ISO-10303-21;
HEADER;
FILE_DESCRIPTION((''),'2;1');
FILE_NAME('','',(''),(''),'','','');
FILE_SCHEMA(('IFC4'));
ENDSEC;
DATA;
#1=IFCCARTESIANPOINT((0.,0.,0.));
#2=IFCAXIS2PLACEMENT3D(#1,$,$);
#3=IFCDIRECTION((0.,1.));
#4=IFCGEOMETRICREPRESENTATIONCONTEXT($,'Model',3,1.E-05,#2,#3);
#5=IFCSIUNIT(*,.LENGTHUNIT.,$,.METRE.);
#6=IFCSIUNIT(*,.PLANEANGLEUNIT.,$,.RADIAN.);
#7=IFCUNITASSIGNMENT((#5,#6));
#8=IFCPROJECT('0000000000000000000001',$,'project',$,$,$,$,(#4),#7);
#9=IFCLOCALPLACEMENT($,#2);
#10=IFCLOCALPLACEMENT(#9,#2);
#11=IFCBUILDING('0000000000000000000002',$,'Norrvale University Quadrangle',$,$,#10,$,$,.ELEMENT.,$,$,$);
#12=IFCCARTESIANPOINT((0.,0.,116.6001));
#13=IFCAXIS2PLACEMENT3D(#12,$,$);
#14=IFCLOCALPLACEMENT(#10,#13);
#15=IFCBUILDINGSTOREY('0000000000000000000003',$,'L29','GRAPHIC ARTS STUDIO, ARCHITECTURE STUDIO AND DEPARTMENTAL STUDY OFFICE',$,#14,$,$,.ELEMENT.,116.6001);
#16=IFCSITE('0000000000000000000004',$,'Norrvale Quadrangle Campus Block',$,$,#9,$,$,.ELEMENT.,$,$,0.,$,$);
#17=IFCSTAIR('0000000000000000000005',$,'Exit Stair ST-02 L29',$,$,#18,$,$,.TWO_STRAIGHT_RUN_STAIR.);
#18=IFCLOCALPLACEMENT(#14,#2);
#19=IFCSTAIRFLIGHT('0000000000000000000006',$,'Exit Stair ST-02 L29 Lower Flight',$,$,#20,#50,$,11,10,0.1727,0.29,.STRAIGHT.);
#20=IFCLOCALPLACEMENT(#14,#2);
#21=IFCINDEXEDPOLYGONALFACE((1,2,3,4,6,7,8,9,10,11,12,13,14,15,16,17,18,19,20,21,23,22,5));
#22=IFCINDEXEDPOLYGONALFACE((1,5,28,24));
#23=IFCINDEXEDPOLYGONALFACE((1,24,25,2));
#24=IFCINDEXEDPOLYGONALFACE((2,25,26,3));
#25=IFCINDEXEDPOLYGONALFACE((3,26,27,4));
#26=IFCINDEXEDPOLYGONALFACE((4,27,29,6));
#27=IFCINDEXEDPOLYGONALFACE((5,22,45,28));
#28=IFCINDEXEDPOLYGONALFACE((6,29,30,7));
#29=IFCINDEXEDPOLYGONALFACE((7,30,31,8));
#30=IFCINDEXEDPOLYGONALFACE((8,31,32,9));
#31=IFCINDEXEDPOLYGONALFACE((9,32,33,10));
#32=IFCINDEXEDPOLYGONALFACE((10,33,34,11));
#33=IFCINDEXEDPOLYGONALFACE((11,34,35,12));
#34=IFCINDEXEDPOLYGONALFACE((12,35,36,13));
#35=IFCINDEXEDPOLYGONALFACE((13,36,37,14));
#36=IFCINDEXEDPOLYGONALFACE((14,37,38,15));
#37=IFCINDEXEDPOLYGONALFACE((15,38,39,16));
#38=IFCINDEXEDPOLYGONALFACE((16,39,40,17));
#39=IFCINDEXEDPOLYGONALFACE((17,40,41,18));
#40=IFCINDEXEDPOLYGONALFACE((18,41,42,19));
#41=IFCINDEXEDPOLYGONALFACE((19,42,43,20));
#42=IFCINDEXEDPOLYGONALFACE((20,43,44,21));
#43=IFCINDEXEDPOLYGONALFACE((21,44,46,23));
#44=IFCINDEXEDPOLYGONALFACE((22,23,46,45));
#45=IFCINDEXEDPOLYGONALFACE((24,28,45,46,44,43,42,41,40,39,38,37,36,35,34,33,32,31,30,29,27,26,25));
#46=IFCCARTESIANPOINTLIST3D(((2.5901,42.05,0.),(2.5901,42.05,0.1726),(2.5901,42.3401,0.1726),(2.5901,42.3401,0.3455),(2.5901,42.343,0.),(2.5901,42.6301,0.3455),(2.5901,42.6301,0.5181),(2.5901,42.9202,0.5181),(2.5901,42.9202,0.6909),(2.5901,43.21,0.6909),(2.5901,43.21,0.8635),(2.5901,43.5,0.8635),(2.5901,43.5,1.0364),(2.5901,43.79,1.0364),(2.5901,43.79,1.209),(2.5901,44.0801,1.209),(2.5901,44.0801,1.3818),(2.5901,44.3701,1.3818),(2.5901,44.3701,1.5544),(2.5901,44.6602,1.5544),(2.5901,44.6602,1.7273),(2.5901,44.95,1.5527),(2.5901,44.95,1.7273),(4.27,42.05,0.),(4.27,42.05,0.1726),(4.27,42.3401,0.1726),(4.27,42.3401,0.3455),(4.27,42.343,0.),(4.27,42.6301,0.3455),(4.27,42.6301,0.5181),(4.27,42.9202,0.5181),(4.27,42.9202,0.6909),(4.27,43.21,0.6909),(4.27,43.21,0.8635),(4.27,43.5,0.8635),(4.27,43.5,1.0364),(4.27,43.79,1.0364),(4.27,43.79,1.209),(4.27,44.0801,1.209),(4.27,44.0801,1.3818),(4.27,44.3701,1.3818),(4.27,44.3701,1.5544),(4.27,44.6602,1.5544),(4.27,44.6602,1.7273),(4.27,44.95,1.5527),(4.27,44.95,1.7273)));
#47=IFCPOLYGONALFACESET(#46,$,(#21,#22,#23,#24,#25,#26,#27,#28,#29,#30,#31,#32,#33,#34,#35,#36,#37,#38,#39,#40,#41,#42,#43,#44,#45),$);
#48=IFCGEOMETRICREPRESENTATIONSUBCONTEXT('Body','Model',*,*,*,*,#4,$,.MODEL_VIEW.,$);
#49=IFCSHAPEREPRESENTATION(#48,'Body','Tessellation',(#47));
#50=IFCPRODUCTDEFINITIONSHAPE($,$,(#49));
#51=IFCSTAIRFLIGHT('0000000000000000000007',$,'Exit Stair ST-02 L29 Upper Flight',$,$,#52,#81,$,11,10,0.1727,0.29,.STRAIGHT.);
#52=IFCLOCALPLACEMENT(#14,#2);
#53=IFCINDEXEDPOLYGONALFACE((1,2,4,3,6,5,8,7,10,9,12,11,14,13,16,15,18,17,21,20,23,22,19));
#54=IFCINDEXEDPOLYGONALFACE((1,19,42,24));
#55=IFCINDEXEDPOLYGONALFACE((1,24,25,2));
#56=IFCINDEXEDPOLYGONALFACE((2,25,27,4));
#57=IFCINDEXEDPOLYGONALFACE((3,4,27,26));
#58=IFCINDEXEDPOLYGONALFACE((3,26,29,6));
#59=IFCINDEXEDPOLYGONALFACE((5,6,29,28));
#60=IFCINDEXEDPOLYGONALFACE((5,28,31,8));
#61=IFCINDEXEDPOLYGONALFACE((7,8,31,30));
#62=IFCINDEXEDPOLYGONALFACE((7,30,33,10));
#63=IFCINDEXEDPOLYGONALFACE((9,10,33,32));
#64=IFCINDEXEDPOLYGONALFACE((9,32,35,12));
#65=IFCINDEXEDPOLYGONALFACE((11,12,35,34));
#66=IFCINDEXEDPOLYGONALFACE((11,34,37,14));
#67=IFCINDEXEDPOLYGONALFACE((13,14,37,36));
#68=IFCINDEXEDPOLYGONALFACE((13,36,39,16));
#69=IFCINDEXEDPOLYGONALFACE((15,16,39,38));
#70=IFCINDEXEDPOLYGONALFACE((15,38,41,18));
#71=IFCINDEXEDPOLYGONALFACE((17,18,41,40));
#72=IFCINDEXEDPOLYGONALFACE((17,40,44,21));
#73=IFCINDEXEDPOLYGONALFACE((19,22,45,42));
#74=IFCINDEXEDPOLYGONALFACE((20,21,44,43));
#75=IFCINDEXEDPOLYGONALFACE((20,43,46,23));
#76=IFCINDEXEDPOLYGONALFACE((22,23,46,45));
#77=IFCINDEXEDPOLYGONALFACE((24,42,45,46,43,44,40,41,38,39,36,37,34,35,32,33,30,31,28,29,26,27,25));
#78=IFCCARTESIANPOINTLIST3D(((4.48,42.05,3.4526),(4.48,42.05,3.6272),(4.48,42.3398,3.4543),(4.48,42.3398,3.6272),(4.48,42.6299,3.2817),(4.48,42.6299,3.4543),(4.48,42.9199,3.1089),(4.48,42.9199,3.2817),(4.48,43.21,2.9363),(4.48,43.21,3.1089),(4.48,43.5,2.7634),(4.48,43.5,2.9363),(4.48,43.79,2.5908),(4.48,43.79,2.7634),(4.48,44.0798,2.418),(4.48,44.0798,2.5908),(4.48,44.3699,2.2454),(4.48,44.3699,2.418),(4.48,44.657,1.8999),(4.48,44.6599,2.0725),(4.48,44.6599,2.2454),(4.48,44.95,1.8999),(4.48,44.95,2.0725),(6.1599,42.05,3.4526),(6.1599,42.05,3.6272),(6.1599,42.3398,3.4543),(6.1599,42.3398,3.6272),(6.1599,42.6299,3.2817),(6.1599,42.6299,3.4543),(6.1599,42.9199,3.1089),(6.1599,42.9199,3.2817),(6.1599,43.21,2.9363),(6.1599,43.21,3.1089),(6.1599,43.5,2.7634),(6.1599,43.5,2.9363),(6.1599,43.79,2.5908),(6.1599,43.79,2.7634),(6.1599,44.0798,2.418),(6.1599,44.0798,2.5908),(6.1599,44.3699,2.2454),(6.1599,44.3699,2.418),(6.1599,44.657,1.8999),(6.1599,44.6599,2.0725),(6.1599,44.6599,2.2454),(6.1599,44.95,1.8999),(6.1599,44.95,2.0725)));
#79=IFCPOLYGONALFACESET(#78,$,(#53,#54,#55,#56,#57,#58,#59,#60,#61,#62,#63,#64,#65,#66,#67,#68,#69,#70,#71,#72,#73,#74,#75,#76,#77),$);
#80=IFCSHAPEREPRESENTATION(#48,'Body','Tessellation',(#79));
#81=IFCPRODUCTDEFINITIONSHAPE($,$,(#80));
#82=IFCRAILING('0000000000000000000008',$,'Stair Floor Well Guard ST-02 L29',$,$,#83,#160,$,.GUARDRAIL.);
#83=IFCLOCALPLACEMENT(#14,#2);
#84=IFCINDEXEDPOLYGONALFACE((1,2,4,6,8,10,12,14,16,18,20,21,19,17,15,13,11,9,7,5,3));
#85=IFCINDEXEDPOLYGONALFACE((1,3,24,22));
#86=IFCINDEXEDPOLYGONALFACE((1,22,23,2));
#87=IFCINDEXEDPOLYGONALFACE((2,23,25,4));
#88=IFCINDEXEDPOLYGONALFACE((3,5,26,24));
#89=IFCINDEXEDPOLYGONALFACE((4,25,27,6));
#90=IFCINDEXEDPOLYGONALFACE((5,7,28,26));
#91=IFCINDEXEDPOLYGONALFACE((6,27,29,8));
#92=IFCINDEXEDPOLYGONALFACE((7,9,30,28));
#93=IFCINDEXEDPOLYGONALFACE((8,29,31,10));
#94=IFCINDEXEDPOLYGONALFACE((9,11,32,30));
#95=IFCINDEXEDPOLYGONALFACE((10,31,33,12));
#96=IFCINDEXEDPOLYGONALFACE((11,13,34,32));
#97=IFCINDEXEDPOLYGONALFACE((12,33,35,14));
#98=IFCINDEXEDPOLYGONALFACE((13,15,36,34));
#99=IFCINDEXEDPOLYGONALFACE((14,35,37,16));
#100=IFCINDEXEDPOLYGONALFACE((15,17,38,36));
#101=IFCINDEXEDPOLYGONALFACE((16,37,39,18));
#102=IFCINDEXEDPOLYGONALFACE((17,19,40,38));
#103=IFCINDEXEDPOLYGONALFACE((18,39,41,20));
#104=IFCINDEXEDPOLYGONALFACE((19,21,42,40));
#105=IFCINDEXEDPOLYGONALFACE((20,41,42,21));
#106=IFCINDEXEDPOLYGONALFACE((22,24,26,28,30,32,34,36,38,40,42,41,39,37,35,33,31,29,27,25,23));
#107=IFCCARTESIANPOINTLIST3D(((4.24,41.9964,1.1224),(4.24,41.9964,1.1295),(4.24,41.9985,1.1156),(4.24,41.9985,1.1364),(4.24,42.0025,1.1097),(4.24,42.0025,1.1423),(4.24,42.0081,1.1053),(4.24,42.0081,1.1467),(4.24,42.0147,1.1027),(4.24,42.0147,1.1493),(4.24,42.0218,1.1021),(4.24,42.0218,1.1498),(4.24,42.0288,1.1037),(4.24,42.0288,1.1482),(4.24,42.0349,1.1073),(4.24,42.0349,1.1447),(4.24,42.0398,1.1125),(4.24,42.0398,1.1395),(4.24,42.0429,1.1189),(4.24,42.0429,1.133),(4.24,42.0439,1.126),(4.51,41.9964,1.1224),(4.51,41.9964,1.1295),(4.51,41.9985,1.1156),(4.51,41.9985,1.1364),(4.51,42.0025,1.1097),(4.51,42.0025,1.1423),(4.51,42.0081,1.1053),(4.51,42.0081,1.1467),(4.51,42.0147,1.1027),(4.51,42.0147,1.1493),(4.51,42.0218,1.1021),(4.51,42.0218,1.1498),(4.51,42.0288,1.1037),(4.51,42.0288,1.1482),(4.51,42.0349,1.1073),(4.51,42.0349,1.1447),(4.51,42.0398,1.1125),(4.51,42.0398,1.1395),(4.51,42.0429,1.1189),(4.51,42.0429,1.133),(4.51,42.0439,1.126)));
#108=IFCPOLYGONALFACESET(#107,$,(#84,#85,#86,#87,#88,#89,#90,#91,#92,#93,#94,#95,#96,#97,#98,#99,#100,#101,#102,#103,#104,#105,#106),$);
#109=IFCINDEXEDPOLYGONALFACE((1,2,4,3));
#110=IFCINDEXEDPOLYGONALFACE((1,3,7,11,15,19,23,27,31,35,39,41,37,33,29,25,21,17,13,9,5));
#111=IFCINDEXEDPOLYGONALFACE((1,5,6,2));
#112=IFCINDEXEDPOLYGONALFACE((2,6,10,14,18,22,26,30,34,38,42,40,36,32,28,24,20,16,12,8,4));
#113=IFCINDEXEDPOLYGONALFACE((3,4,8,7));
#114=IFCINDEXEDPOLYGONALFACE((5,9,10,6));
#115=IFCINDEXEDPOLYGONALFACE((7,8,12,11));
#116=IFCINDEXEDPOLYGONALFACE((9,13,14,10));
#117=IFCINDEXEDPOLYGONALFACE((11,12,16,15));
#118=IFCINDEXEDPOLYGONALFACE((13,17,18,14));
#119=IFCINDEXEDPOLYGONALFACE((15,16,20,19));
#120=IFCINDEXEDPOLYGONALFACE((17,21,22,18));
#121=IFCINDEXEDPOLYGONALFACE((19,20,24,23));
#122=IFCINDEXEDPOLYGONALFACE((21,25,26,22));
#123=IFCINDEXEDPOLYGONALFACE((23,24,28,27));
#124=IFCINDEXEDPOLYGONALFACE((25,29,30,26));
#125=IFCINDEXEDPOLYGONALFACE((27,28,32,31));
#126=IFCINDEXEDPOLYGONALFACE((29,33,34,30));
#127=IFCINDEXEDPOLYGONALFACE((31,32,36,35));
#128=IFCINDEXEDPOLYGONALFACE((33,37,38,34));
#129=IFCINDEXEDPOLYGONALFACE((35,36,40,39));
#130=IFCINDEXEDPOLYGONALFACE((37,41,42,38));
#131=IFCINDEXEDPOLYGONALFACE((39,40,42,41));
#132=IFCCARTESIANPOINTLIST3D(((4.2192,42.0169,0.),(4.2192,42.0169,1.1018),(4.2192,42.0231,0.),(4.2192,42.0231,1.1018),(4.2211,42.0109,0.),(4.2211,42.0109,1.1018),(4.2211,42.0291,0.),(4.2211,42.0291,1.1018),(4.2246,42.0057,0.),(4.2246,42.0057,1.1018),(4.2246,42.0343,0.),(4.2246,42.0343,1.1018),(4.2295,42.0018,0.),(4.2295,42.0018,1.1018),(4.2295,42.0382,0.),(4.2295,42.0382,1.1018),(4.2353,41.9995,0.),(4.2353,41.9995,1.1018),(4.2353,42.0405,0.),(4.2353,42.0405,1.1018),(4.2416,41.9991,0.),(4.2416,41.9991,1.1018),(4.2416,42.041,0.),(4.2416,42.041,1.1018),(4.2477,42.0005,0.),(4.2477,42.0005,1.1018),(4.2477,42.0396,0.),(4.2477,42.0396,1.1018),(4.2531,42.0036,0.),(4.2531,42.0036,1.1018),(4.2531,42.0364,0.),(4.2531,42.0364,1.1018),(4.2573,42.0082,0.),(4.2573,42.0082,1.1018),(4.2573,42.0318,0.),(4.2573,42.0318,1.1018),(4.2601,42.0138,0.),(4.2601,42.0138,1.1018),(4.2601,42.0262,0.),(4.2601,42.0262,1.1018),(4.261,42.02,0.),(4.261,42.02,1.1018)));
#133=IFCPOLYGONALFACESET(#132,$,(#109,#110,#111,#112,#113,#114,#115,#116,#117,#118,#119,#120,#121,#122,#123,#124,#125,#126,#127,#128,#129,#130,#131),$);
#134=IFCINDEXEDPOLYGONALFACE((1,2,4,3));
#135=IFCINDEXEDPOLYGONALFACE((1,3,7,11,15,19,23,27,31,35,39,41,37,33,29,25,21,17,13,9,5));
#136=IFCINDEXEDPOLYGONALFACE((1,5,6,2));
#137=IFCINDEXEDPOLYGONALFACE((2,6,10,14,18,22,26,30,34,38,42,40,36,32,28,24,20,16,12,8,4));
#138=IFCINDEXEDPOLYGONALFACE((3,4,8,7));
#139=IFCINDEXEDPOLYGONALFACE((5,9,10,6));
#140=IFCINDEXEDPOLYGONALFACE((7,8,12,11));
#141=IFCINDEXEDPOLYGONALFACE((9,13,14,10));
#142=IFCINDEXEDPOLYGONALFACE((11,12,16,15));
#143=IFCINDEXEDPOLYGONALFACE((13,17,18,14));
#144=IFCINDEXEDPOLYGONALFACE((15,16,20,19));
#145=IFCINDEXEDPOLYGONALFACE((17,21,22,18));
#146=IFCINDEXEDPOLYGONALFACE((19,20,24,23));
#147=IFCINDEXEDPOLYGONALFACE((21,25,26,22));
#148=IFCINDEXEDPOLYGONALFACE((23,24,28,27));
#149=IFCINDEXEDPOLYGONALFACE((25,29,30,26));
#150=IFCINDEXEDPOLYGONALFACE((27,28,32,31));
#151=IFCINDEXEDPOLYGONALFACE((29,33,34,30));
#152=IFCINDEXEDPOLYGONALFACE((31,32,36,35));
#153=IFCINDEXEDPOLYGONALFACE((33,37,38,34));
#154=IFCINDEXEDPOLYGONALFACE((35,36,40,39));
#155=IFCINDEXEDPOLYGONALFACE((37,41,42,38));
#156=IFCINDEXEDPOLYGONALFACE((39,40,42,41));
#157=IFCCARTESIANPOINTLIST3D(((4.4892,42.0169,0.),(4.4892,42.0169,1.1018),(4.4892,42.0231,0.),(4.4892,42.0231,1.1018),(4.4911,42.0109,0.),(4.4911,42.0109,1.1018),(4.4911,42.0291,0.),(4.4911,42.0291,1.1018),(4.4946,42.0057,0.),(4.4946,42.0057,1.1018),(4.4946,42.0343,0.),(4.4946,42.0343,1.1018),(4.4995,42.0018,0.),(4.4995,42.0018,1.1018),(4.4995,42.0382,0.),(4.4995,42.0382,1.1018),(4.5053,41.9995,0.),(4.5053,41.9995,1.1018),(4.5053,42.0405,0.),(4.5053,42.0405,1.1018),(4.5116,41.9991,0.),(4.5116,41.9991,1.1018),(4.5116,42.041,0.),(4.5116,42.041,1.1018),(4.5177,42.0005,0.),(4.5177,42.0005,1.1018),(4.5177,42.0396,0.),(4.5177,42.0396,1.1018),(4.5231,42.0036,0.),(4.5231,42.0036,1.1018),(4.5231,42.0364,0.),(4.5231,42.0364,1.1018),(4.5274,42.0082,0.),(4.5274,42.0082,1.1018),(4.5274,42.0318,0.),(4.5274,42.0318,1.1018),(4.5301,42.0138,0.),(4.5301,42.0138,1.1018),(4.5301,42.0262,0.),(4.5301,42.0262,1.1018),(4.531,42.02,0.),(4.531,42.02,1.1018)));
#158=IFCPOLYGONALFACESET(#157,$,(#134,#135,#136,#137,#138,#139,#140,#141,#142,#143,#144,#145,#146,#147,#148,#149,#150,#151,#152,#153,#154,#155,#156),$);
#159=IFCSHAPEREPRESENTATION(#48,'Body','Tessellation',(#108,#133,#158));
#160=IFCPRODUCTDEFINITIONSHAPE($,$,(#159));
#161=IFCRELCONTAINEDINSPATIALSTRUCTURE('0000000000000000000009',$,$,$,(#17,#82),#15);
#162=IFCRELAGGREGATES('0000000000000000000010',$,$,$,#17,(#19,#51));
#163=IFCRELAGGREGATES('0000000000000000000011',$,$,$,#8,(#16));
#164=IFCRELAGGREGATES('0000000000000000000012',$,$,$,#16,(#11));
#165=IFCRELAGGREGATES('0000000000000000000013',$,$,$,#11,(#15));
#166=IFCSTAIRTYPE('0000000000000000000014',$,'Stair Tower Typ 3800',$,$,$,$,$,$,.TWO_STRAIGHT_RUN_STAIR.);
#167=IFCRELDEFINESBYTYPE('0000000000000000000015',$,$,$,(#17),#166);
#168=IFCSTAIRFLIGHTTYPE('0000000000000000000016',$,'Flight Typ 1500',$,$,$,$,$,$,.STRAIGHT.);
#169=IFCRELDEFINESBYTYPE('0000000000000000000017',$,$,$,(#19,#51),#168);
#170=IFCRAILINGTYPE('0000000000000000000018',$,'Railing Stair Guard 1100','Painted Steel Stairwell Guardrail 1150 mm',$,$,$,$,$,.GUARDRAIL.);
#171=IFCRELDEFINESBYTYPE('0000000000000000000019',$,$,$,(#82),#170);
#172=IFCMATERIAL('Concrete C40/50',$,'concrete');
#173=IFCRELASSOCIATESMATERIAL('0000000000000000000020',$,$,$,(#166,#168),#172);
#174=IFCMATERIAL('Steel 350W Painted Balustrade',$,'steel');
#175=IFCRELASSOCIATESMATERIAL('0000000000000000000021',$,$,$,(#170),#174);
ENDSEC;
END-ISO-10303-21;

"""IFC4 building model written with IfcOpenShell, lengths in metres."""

from ifc_helpers import new_model, si_unit, direction, frame, origin, origin_2d, place, context, subcontext, project, spatial, polyline, circle, outline, extrude, material, type_object, element, aggregate, save


model = new_model("IFC4")

# Units and contexts
model_context = context("Model", 3, precision=1e-05, world=origin(), true_north=direction((0.0, 1.0)))
body_context = subcontext(model_context, "Body", "Model", "MODEL_VIEW")
ifc_project = project(units=[si_unit("LENGTHUNIT", "METRE"), si_unit("PLANEANGLEUNIT", "RADIAN")], contexts=[model_context])

# Site, building, storey
site_placement = place(None, origin())
site = spatial("IfcSite", under=ifc_project, at=site_placement, Name="Norrvale Quadrangle Campus Block", CompositionType="ELEMENT", RefElevation=0.0)
building_placement = place(site_placement, origin())
building = spatial("IfcBuilding", under=site, at=building_placement, Name="Norrvale University Quadrangle", CompositionType="ELEMENT")
storey_placement = place(building_placement, frame((0.0, 0.0, 116.6001)))
storey = spatial("IfcBuildingStorey", under=building, at=storey_placement, Name="L29", Description="GRAPHIC ARTS STUDIO, ARCHITECTURE STUDIO AND DEPARTMENTAL STUDY OFFICE", CompositionType="ELEMENT", Elevation=116.6001)

# Stair, stair flights
ifc_material_1 = material(Name="Concrete C40/50", Category="concrete")
stair_type = type_object("IfcStairType", Name="Stair Tower Typ 3800", PredefinedType="TWO_STRAIGHT_RUN_STAIR", material=ifc_material_1)
stair_placement = place(storey_placement, origin())
stair = element("IfcStair", 1, at=stair_placement, inside=storey, type_object=stair_type, Name="Exit Stair ST-02 L29", PredefinedType="TWO_STRAIGHT_RUN_STAIR")
stair_flight_type = type_object("IfcStairFlightType", Name="Flight Typ 1500", PredefinedType="STRAIGHT", material=ifc_material_1)
stair_flight_1_placement = place(storey_placement, frame((3.4299, 42.05, 0.0), z_axis=(0.0, 0.0, 1.0), x_axis=(0.0, 1.0, 0.0)))
stair_flight_1 = element("IfcStairFlight", 2, at=stair_flight_1_placement, type_object=stair_flight_type, Name="Exit Stair ST-02 L29 Lower Flight", NumberOfRisers=11, NumberOfTreads=10, PredefinedType="STRAIGHT", RiserHeight=0.1727, TreadLength=0.29, context=body_context, shape_type="SweptSolid", body=[
    extrude(outline(polyline([(0.0, 0.0), (0.0, 0.1726), (0.29, 0.1726), (0.29, 0.3455), (0.5801, 0.3455), (0.5801, 0.5181), (0.8701, 0.5181), (0.8701, 0.6909), (1.1599, 0.6909), (1.1599, 0.8635), (1.45, 0.8635), (1.45, 1.0364), (1.74, 1.0364), (1.74, 1.209), (2.03, 1.209), (2.03, 1.3818), (2.3201, 1.3818), (2.3201, 1.5544), (2.6101, 1.5544), (2.6101, 1.7273), (2.8999, 1.7273), (2.8999, 1.8999), (2.8999, 1.5527), (0.293, 0.0), (0.0, 0.0)])), frame((0.0, 0.8398, 0.0), z_axis=(0.0, -1.0, 0.0), x_axis=(1.0, 0.0, 0.0)), (0.0, 0.0, 1.0), 1.6799),
])
stair_flight_2_placement = place(storey_placement, frame((5.3201, 44.95, 1.8999), z_axis=(0.0, 0.0, 1.0), x_axis=(0.0, -1.0, 0.0)))
stair_flight_2 = element("IfcStairFlight", 3, at=stair_flight_2_placement, type_object=stair_flight_type, Name="Exit Stair ST-02 L29 Upper Flight", NumberOfRisers=11, NumberOfTreads=10, PredefinedType="STRAIGHT", RiserHeight=0.1727, TreadLength=0.29, context=body_context, shape_type="SweptSolid", body=[
    extrude(outline(polyline([(0.0, 0.0), (0.0, 0.1726), (0.29, 0.1726), (0.29, 0.3455), (0.5801, 0.3455), (0.5801, 0.5181), (0.8701, 0.5181), (0.8701, 0.6909), (1.1599, 0.6909), (1.1599, 0.8635), (1.45, 0.8635), (1.45, 1.0364), (1.74, 1.0364), (1.74, 1.209), (2.03, 1.209), (2.03, 1.3818), (2.3201, 1.3818), (2.3201, 1.5544), (2.6101, 1.5544), (2.6101, 1.7273), (2.8999, 1.7273), (2.8999, 1.8999), (2.8999, 1.5527), (0.293, 0.0), (0.0, 0.0)])), frame((0.0, 0.8398, 0.0), z_axis=(0.0, -1.0, 0.0), x_axis=(1.0, 0.0, 0.0)), (0.0, 0.0, 1.0), 1.6799),
])
aggregate(stair, [stair_flight_1, stair_flight_2])

# Railing
ifc_material_2 = material(Name="Steel 350W Painted Balustrade", Category="steel")
railing_type_1 = type_object("IfcRailingType", Name="Railing Stair Guard 1100", Description="Painted Steel Stairwell Guardrail 1150 mm", PredefinedType="GUARDRAIL", material=ifc_material_2)
for number, where, name in (
    (4, (4.24, 42.02, 0.0), "Stair Floor Well Guard ST-02 L29"),
):
    element("IfcRailing", number, at=place(storey_placement, frame(where)), inside=storey, type_object=railing_type_1, Name=name, PredefinedType="GUARDRAIL", context=body_context, shape_type="SweptSolid", body=[
        extrude(circle(Radius=0.0239, at=origin_2d()), frame((0.0, 0.0, 1.126), z_axis=(1.0, 0.0, 0.0), x_axis=(0.0, 1.0, 0.0)), (0.0, 0.0, 1.0), 0.27),
        extrude(circle(Radius=0.021, at=origin_2d()), origin(), (0.0, 0.0, 1.0), 1.1018),
        extrude(circle(Radius=0.021, at=origin_2d()), frame((0.27, 0.0, 0.0)), (0.0, 0.0, 1.0), 1.1018),
    ])

save(model, "model.ifc")
